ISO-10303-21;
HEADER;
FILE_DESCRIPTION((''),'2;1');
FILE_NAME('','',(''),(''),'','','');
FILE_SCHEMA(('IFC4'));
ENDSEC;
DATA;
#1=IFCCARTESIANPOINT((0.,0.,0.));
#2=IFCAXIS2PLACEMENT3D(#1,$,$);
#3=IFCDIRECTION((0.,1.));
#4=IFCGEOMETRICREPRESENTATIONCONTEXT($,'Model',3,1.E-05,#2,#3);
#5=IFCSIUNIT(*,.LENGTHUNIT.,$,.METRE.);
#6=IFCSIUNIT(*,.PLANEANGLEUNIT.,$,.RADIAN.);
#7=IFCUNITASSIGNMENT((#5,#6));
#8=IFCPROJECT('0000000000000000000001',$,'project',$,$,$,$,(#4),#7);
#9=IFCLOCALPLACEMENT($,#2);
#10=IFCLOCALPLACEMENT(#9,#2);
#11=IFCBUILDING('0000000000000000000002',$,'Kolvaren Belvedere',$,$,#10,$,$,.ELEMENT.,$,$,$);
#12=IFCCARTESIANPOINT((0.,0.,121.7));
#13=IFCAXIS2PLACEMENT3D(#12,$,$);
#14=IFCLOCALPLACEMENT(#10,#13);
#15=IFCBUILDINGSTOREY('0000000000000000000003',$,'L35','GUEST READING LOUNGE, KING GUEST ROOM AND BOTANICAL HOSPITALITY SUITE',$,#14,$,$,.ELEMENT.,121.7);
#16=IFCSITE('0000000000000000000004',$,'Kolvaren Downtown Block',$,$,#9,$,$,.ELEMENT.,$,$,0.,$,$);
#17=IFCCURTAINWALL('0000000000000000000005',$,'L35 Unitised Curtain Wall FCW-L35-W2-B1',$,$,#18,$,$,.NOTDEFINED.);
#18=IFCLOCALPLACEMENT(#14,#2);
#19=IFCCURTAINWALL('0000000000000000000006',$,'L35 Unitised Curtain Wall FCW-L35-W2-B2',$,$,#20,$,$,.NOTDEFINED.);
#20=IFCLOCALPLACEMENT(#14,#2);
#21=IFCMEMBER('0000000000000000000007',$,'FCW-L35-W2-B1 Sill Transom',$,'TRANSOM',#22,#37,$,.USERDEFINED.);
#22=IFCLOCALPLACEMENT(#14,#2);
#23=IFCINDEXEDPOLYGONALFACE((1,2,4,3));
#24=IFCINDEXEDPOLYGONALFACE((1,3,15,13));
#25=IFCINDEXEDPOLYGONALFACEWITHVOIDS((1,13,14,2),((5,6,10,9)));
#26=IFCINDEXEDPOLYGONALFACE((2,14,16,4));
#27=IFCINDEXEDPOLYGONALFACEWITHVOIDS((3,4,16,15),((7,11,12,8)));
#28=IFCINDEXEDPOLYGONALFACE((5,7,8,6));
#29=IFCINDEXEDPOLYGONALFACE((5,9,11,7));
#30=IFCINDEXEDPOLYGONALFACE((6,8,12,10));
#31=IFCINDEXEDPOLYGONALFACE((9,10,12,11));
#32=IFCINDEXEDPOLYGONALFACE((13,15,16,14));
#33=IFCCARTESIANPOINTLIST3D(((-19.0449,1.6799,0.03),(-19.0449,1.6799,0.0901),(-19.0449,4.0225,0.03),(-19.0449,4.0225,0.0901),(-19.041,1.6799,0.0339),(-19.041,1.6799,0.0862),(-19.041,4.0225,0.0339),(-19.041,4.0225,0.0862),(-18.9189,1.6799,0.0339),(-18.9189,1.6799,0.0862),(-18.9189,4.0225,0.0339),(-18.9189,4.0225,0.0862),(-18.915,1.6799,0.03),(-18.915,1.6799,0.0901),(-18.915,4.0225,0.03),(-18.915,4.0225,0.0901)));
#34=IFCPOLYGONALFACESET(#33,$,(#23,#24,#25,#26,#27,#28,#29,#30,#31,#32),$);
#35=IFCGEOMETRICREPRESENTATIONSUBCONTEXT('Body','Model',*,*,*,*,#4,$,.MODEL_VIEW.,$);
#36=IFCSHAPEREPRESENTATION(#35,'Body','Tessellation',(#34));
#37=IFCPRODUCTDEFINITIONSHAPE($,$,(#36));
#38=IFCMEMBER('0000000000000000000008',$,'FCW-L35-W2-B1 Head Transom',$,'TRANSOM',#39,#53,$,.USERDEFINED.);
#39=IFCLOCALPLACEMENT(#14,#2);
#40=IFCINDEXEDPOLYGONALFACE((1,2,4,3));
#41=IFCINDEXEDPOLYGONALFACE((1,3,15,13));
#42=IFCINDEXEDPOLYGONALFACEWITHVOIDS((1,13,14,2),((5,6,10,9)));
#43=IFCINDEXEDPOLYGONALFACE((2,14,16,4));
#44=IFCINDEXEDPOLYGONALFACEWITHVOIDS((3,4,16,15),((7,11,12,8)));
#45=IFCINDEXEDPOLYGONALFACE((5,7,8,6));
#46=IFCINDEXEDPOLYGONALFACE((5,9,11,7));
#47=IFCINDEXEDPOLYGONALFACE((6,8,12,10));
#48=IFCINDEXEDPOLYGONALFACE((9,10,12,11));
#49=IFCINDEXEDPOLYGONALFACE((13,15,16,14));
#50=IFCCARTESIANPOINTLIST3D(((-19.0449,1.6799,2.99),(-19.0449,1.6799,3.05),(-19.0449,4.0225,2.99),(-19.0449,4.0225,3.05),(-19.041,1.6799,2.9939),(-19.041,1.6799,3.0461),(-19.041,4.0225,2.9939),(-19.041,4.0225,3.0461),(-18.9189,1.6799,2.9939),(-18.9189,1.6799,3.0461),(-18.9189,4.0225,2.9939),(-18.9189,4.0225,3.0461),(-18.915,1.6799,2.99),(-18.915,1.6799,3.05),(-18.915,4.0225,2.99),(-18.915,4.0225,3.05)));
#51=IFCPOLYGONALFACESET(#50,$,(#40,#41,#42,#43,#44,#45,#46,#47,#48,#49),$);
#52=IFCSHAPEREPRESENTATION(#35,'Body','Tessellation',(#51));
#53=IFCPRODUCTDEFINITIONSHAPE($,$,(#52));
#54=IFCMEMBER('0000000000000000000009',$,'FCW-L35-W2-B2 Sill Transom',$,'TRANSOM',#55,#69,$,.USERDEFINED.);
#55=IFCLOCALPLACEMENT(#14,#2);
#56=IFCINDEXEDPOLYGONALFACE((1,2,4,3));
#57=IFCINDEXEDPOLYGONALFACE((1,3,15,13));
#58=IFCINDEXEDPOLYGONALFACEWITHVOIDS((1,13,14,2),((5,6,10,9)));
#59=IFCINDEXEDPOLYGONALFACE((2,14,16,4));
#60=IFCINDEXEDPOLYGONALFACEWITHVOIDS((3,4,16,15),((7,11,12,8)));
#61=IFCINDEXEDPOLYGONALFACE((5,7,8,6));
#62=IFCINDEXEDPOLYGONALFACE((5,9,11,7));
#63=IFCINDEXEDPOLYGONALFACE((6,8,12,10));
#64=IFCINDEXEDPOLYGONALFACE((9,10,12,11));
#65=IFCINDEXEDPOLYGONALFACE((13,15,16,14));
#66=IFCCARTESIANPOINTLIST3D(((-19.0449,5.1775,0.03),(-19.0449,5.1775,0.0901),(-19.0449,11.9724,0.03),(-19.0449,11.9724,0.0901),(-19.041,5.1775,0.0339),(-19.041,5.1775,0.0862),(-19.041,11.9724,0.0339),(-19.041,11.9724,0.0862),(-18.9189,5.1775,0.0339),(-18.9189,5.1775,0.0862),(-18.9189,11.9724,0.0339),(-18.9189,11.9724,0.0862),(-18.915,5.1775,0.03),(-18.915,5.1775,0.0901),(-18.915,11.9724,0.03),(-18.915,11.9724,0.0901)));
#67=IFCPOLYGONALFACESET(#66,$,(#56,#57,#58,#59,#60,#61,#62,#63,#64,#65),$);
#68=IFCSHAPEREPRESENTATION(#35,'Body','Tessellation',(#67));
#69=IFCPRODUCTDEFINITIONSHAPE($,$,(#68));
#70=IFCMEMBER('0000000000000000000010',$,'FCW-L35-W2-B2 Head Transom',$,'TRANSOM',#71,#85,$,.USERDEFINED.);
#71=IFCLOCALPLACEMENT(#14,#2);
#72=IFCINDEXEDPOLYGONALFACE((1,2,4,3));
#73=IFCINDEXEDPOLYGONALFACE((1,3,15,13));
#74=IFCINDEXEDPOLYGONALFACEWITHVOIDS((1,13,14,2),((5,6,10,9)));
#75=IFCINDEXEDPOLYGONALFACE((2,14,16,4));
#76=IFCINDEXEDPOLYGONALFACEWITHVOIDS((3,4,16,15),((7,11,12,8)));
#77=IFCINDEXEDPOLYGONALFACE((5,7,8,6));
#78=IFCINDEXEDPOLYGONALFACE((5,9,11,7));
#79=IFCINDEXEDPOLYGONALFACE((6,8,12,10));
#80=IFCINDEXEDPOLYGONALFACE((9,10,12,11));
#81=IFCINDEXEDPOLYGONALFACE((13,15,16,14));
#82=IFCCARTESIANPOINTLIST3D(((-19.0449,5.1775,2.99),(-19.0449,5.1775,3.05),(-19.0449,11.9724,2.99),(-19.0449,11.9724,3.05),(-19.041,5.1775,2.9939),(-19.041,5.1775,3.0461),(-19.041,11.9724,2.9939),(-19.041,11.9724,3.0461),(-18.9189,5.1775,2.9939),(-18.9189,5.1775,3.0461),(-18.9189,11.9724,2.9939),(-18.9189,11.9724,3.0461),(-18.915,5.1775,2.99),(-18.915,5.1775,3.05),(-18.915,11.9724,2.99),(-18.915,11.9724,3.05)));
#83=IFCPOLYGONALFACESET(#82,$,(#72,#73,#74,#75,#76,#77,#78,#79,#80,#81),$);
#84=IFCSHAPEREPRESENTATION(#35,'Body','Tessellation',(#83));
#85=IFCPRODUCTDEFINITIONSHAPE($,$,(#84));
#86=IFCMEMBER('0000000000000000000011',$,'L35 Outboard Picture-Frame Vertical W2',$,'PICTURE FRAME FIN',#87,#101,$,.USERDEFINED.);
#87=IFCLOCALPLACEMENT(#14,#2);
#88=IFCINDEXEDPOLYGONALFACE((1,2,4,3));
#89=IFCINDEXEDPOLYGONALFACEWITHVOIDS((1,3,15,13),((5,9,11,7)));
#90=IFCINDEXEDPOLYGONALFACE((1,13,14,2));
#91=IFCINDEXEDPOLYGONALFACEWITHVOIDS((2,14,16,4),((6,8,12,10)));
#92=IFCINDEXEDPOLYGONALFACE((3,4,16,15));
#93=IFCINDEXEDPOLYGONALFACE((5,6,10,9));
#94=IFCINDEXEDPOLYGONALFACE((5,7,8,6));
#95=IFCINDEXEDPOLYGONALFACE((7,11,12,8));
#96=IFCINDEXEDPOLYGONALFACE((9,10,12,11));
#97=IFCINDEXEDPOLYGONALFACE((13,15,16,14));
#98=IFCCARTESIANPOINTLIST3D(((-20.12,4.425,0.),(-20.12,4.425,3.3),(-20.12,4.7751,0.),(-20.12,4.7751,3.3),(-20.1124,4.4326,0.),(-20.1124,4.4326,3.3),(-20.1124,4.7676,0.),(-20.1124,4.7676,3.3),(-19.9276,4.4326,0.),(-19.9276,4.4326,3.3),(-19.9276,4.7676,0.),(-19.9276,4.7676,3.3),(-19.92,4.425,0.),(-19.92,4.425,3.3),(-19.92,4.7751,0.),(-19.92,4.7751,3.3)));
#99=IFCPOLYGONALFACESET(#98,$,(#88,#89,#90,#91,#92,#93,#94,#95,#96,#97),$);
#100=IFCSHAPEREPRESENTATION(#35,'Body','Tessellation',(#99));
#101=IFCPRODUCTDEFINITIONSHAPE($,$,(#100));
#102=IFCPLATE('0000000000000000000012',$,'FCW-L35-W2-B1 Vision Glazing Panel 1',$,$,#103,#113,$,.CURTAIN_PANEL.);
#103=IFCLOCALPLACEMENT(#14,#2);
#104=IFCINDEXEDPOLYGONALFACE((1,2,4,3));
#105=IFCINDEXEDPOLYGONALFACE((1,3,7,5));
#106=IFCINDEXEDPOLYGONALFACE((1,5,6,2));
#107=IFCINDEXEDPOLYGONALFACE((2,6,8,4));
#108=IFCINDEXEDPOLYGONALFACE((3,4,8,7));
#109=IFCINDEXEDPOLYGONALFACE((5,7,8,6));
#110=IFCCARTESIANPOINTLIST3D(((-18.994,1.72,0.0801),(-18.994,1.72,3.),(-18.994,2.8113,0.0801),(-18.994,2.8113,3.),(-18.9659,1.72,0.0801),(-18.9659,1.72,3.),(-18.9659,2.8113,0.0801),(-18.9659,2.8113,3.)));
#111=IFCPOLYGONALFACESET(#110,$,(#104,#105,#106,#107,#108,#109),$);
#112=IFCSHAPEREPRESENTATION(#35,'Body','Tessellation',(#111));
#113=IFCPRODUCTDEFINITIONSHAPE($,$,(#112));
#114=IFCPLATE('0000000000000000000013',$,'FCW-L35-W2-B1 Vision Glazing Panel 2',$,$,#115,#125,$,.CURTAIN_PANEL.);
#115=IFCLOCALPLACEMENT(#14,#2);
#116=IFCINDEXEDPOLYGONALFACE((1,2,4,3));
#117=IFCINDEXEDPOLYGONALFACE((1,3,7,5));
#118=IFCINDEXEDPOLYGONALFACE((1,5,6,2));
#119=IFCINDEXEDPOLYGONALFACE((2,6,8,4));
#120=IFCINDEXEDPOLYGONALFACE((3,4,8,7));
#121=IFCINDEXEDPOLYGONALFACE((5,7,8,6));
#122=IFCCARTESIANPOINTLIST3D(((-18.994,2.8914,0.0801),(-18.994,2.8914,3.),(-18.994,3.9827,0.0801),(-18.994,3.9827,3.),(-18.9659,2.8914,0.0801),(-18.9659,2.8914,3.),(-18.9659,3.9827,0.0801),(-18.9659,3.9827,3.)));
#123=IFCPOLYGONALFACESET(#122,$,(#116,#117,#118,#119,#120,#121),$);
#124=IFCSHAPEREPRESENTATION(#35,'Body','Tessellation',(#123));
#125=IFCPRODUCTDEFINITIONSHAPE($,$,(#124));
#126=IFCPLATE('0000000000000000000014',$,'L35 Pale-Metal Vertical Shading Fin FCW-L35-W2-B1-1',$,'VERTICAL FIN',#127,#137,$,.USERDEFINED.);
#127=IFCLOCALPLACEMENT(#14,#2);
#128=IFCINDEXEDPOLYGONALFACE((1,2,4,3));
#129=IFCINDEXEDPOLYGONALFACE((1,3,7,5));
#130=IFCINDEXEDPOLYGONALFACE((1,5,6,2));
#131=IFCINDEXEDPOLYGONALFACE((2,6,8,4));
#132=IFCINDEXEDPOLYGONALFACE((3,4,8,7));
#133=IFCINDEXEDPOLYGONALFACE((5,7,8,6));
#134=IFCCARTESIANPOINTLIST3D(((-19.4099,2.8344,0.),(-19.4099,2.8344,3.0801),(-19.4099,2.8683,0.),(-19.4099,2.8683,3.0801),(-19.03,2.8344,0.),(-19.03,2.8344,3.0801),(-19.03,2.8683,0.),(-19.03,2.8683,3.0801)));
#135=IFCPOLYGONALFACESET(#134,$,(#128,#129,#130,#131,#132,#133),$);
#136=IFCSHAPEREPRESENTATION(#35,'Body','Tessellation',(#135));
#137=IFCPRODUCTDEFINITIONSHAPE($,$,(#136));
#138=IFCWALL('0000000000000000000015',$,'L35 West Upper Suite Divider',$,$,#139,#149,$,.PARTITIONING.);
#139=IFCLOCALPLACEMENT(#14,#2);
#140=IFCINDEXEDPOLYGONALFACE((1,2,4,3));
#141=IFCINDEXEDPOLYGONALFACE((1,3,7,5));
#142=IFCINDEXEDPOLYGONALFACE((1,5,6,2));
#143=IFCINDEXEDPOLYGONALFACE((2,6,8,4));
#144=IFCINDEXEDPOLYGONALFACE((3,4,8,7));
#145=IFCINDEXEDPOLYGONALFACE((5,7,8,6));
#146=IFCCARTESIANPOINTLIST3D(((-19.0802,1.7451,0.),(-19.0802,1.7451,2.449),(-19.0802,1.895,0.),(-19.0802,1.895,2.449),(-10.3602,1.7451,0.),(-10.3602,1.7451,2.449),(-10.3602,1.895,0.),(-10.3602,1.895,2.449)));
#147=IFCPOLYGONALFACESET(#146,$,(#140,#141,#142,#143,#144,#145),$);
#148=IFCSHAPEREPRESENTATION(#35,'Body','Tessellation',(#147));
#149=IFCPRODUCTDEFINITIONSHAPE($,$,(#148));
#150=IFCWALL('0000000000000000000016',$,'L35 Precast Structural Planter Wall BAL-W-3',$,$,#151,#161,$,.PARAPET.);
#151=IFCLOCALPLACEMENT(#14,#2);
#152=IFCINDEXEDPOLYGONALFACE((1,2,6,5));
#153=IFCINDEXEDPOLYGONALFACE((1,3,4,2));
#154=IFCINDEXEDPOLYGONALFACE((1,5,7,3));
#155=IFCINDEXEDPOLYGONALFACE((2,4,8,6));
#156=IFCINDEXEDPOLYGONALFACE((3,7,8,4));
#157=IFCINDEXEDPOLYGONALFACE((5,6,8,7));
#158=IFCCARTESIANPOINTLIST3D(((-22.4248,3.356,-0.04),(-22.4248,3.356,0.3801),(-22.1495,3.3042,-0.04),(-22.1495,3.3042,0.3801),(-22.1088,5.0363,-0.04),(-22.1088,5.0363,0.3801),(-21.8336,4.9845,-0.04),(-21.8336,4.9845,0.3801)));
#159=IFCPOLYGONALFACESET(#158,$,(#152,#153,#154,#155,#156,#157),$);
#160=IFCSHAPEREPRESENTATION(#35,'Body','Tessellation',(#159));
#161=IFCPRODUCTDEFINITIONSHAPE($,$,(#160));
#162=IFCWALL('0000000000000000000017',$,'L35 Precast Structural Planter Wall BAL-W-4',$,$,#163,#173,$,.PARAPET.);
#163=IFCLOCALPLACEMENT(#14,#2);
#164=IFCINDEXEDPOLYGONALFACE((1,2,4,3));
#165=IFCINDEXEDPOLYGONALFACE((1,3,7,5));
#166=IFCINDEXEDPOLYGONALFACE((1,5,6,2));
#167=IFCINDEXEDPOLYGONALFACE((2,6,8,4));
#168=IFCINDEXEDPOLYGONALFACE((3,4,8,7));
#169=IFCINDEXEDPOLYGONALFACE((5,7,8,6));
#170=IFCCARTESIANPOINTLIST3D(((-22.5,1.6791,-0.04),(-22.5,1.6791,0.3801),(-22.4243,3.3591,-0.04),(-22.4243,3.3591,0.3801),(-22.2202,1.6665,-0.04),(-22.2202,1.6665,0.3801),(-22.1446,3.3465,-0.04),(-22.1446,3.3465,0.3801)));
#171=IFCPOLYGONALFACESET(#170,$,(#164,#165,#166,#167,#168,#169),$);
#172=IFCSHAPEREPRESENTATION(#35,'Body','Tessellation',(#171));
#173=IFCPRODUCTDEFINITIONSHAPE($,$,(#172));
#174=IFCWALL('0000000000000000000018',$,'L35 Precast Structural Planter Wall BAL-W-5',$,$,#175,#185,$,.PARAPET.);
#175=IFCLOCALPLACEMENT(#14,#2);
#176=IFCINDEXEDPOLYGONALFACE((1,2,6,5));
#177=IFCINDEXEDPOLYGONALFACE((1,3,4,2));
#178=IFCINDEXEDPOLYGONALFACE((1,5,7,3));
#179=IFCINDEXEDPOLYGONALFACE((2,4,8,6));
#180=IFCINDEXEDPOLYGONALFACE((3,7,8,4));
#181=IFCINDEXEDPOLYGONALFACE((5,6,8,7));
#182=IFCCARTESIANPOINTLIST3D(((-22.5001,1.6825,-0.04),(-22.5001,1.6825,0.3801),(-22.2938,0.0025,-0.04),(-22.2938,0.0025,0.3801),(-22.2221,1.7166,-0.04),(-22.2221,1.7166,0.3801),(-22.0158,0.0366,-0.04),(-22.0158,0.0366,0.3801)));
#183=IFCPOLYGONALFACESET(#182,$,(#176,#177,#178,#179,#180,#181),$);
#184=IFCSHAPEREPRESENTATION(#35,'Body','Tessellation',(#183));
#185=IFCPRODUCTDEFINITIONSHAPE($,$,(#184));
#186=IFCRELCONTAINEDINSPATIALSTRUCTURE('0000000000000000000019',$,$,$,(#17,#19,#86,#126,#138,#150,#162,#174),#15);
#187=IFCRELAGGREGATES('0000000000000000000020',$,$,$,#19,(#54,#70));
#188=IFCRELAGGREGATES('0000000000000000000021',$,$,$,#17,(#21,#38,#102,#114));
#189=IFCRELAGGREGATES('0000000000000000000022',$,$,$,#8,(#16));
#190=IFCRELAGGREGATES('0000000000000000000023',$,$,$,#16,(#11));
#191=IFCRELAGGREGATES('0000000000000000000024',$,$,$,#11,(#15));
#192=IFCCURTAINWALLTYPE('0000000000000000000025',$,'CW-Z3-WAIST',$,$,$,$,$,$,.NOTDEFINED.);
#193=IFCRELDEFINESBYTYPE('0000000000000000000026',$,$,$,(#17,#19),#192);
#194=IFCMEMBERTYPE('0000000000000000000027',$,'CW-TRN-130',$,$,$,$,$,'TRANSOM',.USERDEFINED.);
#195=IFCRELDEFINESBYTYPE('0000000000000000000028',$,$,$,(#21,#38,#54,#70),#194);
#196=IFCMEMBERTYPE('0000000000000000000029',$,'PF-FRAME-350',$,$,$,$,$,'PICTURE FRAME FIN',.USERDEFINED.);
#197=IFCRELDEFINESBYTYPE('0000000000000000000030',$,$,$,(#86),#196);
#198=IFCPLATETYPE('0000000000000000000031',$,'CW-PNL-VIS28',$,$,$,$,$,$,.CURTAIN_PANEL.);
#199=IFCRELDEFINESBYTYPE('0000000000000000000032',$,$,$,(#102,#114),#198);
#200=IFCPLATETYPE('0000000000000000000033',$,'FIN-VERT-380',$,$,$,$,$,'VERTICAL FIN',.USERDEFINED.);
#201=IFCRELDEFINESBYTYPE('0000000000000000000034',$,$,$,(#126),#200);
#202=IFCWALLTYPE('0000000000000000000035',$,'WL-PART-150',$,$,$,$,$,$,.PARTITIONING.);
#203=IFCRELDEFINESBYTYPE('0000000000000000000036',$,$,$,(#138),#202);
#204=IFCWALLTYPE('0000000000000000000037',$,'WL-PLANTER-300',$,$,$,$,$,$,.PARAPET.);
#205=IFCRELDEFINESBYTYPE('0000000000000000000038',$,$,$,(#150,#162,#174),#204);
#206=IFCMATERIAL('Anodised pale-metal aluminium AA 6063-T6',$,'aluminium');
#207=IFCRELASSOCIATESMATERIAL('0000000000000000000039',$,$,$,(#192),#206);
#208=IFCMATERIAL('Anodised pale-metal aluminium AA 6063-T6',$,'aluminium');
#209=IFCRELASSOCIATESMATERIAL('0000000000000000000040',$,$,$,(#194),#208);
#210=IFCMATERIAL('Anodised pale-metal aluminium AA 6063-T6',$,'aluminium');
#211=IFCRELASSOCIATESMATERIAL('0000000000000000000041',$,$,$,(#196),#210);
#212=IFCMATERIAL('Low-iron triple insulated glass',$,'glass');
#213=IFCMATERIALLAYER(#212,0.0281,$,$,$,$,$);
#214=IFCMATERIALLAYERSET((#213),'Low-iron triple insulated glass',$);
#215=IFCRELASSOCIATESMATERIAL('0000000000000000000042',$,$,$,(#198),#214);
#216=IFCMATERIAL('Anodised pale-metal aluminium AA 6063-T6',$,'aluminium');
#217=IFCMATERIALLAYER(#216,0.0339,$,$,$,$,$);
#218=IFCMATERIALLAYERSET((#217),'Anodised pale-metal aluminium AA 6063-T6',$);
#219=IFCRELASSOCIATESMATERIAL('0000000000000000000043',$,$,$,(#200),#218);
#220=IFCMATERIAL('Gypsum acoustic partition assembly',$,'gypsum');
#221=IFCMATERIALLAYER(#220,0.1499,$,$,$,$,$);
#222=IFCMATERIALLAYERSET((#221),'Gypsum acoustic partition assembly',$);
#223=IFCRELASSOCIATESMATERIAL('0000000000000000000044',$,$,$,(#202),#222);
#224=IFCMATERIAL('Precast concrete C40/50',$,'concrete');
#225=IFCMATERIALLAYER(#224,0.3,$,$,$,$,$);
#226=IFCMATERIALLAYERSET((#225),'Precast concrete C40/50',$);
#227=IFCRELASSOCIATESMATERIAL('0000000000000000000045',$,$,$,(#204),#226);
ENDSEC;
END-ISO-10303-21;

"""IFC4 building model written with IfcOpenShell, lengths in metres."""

from ifc_helpers import new_model, si_unit, direction, frame, frame_2d, origin, origin_2d, place, context, subcontext, project, spatial, rectangle, hollow_rectangle, extrude, material, layer, layer_set, material_profile, profile_set, type_object, element, aggregate, save


model = new_model("IFC4")

# Units and contexts
model_context = context("Model", 3, precision=1e-05, world=origin(), true_north=direction((0.0, 1.0)))
body_context = subcontext(model_context, "Body", "Model", "MODEL_VIEW")
ifc_project = project(units=[si_unit("LENGTHUNIT", "METRE"), si_unit("PLANEANGLEUNIT", "RADIAN")], contexts=[model_context])

# Site, building, storey
site_placement = place(None, origin())
site = spatial("IfcSite", under=ifc_project, at=site_placement, Name="Kolvaren Downtown Block", CompositionType="ELEMENT", RefElevation=0.0)
building_placement = place(site_placement, origin())
building = spatial("IfcBuilding", under=site, at=building_placement, Name="Kolvaren Belvedere", CompositionType="ELEMENT")
storey_placement = place(building_placement, frame((0.0, 0.0, 121.7)))
storey = spatial("IfcBuildingStorey", under=building, at=storey_placement, Name="L35", Description="GUEST READING LOUNGE, KING GUEST ROOM AND BOTANICAL HOSPITALITY SUITE", CompositionType="ELEMENT", Elevation=121.7)

# Curtain wall
ifc_material_1 = material(Name="Anodised pale-metal aluminium AA 6063-T6", Category="aluminium")
curtain_wall_type = type_object("IfcCurtainWallType", Name="CW-Z3-WAIST", PredefinedType="NOTDEFINED", material=ifc_material_1)
curtain_wall_1_placement = place(storey_placement, origin())
curtain_wall_1 = element("IfcCurtainWall", 1, at=curtain_wall_1_placement, inside=storey, type_object=curtain_wall_type, Name="L35 Unitised Curtain Wall FCW-L35-W2-B1", PredefinedType="NOTDEFINED")

# Curtain wall
curtain_wall_2_placement = place(storey_placement, origin())
curtain_wall_2 = element("IfcCurtainWall", 2, at=curtain_wall_2_placement, inside=storey, type_object=curtain_wall_type, Name="L35 Unitised Curtain Wall FCW-L35-W2-B2", PredefinedType="NOTDEFINED")

# Members
ifc_material_2 = material(Name="Anodised pale-metal aluminium AA 6063-T6", Category="aluminium")
ifc_material_profile_1 = material_profile(ifc_material_2, hollow_rectangle(XDim=0.0601, YDim=0.1299, WallThickness=0.0039, at=origin_2d()), Name="ALU-TRN-130X60")
ifc_profile_set_1 = profile_set([ifc_material_profile_1], Name="Anodised pale-metal aluminium AA 6063-T6")
member_type_1 = type_object("IfcMemberType", Name="CW-TRN-130", ElementType="TRANSOM", PredefinedType="USERDEFINED", material=ifc_profile_set_1)
member_1_placement = place(storey_placement, frame((-18.98, 1.6799, 0.0601), z_axis=(0.0, 1.0, 0.0), x_axis=(0.0, 0.0, 1.0)))
member_1 = element("IfcMember", 3, at=member_1_placement, type_object=member_type_1, Name="FCW-L35-W2-B1 Sill Transom", ObjectType="TRANSOM", PredefinedType="USERDEFINED", context=body_context, shape_type="SweptSolid", body=[
    extrude(hollow_rectangle(XDim=0.0601, YDim=0.1299, WallThickness=0.0039, at=origin_2d()), origin(), (0.0, 0.0, 1.0), 2.3425),
])
member_2_placement = place(storey_placement, frame((-18.98, 1.6799, 3.02), z_axis=(0.0, 1.0, 0.0), x_axis=(0.0, 0.0, 1.0)))
member_2 = element("IfcMember", 4, at=member_2_placement, type_object=member_type_1, Name="FCW-L35-W2-B1 Head Transom", ObjectType="TRANSOM", PredefinedType="USERDEFINED", context=body_context, shape_type="SweptSolid", body=[
    extrude(hollow_rectangle(XDim=0.0601, YDim=0.1299, WallThickness=0.0039, at=origin_2d()), origin(), (0.0, 0.0, 1.0), 2.3425),
])
member_3_placement = place(storey_placement, frame((-18.98, 5.1775, 0.0601), z_axis=(0.0, 1.0, 0.0), x_axis=(0.0, 0.0, 1.0)))
member_3 = element("IfcMember", 5, at=member_3_placement, type_object=member_type_1, Name="FCW-L35-W2-B2 Sill Transom", ObjectType="TRANSOM", PredefinedType="USERDEFINED", context=body_context, shape_type="SweptSolid", body=[
    extrude(hollow_rectangle(XDim=0.0601, YDim=0.1299, WallThickness=0.0039, at=origin_2d()), origin(), (0.0, 0.0, 1.0), 6.7949),
])
member_4_placement = place(storey_placement, frame((-18.98, 5.1775, 3.02), z_axis=(0.0, 1.0, 0.0), x_axis=(0.0, 0.0, 1.0)))
member_4 = element("IfcMember", 6, at=member_4_placement, type_object=member_type_1, Name="FCW-L35-W2-B2 Head Transom", ObjectType="TRANSOM", PredefinedType="USERDEFINED", context=body_context, shape_type="SweptSolid", body=[
    extrude(hollow_rectangle(XDim=0.0601, YDim=0.1299, WallThickness=0.0039, at=origin_2d()), origin(), (0.0, 0.0, 1.0), 6.7949),
])
aggregate(curtain_wall_2, [member_3, member_4])
ifc_material_3 = material(Name="Anodised pale-metal aluminium AA 6063-T6", Category="aluminium")
ifc_material_profile_2 = material_profile(ifc_material_3, hollow_rectangle(XDim=0.2, YDim=0.3501, WallThickness=0.0076, at=origin_2d()), Name="ALU-PF-350X200")
ifc_profile_set_2 = profile_set([ifc_material_profile_2], Name="Anodised pale-metal aluminium AA 6063-T6")
member_type_2 = type_object("IfcMemberType", Name="PF-FRAME-350", ElementType="PICTURE FRAME FIN", PredefinedType="USERDEFINED", material=ifc_profile_set_2)
member_5_placement = place(storey_placement, frame((-20.02, 4.6001, 0.0), z_axis=(0.0, 0.0, 1.0), x_axis=(1.0, 0.0, 0.0)))
element("IfcMember", 7, at=member_5_placement, inside=storey, type_object=member_type_2, Name="L35 Outboard Picture-Frame Vertical W2", ObjectType="PICTURE FRAME FIN", PredefinedType="USERDEFINED", context=body_context, shape_type="SweptSolid", body=[
    extrude(hollow_rectangle(XDim=0.2, YDim=0.3501, WallThickness=0.0076, at=origin_2d()), origin(), (0.0, 0.0, 1.0), 3.3),
])

# Plates
ifc_material_4 = material(Name="Low-iron triple insulated glass", Category="glass")
ifc_layer_1 = layer(ifc_material_4, 0.0281)
ifc_layer_set_1 = layer_set([ifc_layer_1], Name="Low-iron triple insulated glass")
plate_type_1 = type_object("IfcPlateType", Name="CW-PNL-VIS28", PredefinedType="CURTAIN_PANEL", material=ifc_layer_set_1)
plate_1_placement = place(storey_placement, frame((-18.98, 2.2656, 0.0801), z_axis=(0.0, 0.0, 1.0), x_axis=(0.0, 1.0, 0.0)))
plate_1 = element("IfcPlate", 8, at=plate_1_placement, type_object=plate_type_1, Name="FCW-L35-W2-B1 Vision Glazing Panel 1", PredefinedType="CURTAIN_PANEL", context=body_context, shape_type="SweptSolid", body=[
    extrude(rectangle(XDim=1.0913, YDim=0.0281, at=origin_2d()), origin(), (0.0, 0.0, 1.0), 2.9199),
])
plate_2_placement = place(storey_placement, frame((-18.98, 3.437, 0.0801), z_axis=(0.0, 0.0, 1.0), x_axis=(0.0, 1.0, 0.0)))
plate_2 = element("IfcPlate", 9, at=plate_2_placement, type_object=plate_type_1, Name="FCW-L35-W2-B1 Vision Glazing Panel 2", PredefinedType="CURTAIN_PANEL", context=body_context, shape_type="SweptSolid", body=[
    extrude(rectangle(XDim=1.0913, YDim=0.0281, at=origin_2d()), origin(), (0.0, 0.0, 1.0), 2.9199),
])
aggregate(curtain_wall_1, [member_1, member_2, plate_1, plate_2])
ifc_material_5 = material(Name="Anodised pale-metal aluminium AA 6063-T6", Category="aluminium")
ifc_layer_2 = layer(ifc_material_5, 0.0339)
ifc_layer_set_2 = layer_set([ifc_layer_2], Name="Anodised pale-metal aluminium AA 6063-T6")
plate_type_2 = type_object("IfcPlateType", Name="FIN-VERT-380", ElementType="VERTICAL FIN", PredefinedType="USERDEFINED", material=ifc_layer_set_2)
plate_3_placement = place(storey_placement, frame((-19.22, 2.8513, 0.0), z_axis=(0.0, 0.0, 1.0), x_axis=(1.0, 0.0, 0.0)))
element("IfcPlate", 10, at=plate_3_placement, inside=storey, type_object=plate_type_2, Name="L35 Pale-Metal Vertical Shading Fin FCW-L35-W2-B1-1", ObjectType="VERTICAL FIN", PredefinedType="USERDEFINED", context=body_context, shape_type="SweptSolid", body=[
    extrude(rectangle(XDim=0.3799, YDim=0.0339, at=origin_2d()), origin(), (0.0, 0.0, 1.0), 3.0801),
])

# Walls
ifc_material_6 = material(Name="Gypsum acoustic partition assembly", Category="gypsum")
ifc_layer_3 = layer(ifc_material_6, 0.1499)
ifc_layer_set_3 = layer_set([ifc_layer_3], Name="Gypsum acoustic partition assembly")
wall_type_1 = type_object("IfcWallType", Name="WL-PART-150", PredefinedType="PARTITIONING", material=ifc_layer_set_3)
wall_1_placement = place(storey_placement, frame((-19.0801, 1.8201, 0.0), z_axis=(0.0, 0.0, 1.0), x_axis=(1.0, 0.0, 0.0)))
element("IfcWall", 11, at=wall_1_placement, inside=storey, type_object=wall_type_1, Name="L35 West Upper Suite Divider", PredefinedType="PARTITIONING", context=body_context, shape_type="SweptSolid", body=[
    extrude(rectangle(XDim=8.72, YDim=0.1499, at=frame_2d((4.3599, 0.0))), origin(), (0.0, 0.0, 1.0), 2.449),
])
ifc_material_7 = material(Name="Precast concrete C40/50", Category="concrete")
ifc_layer_4 = layer(ifc_material_7, 0.3)
ifc_layer_set_4 = layer_set([ifc_layer_4], Name="Precast concrete C40/50")
wall_type_2 = type_object("IfcWallType", Name="WL-PLANTER-300", PredefinedType="PARAPET", material=ifc_layer_set_4)
wall_2_placement = place(storey_placement, frame((-21.9712, 5.0105, -0.04), z_axis=(0.0, 0.0, 1.0), x_axis=(-0.184789, -0.982778, 0.0)))
element("IfcWall", 12, at=wall_2_placement, inside=storey, type_object=wall_type_2, Name="L35 Precast Structural Planter Wall BAL-W-3", PredefinedType="PARAPET", context=body_context, shape_type="SweptSolid", body=[
    extrude(rectangle(XDim=1.7097, YDim=0.28, at=frame_2d((0.855, 0.0))), origin(), (0.0, 0.0, 1.0), 0.4202),
])
wall_3_placement = place(storey_placement, frame((-22.2844, 3.3528, -0.04), z_axis=(0.0, 0.0, 1.0), x_axis=(-0.045006, -0.998987, 0.0)))
element("IfcWall", 13, at=wall_3_placement, inside=storey, type_object=wall_type_2, Name="L35 Precast Structural Planter Wall BAL-W-4", PredefinedType="PARAPET", context=body_context, shape_type="SweptSolid", body=[
    extrude(rectangle(XDim=1.6816, YDim=0.28, at=frame_2d((0.8408, 0.0))), origin(), (0.0, 0.0, 1.0), 0.4202),
])
wall_4_placement = place(storey_placement, frame((-22.3611, 1.6995, -0.04), z_axis=(0.0, 0.0, 1.0), x_axis=(0.121886, -0.992544, 0.0)))
element("IfcWall", 14, at=wall_4_placement, inside=storey, type_object=wall_type_2, Name="L35 Precast Structural Planter Wall BAL-W-5", PredefinedType="PARAPET", context=body_context, shape_type="SweptSolid", body=[
    extrude(rectangle(XDim=1.6926, YDim=0.28, at=frame_2d((0.8462, 0.0))), origin(), (0.0, 0.0, 1.0), 0.4202),
])

save(model, "model.ifc")
